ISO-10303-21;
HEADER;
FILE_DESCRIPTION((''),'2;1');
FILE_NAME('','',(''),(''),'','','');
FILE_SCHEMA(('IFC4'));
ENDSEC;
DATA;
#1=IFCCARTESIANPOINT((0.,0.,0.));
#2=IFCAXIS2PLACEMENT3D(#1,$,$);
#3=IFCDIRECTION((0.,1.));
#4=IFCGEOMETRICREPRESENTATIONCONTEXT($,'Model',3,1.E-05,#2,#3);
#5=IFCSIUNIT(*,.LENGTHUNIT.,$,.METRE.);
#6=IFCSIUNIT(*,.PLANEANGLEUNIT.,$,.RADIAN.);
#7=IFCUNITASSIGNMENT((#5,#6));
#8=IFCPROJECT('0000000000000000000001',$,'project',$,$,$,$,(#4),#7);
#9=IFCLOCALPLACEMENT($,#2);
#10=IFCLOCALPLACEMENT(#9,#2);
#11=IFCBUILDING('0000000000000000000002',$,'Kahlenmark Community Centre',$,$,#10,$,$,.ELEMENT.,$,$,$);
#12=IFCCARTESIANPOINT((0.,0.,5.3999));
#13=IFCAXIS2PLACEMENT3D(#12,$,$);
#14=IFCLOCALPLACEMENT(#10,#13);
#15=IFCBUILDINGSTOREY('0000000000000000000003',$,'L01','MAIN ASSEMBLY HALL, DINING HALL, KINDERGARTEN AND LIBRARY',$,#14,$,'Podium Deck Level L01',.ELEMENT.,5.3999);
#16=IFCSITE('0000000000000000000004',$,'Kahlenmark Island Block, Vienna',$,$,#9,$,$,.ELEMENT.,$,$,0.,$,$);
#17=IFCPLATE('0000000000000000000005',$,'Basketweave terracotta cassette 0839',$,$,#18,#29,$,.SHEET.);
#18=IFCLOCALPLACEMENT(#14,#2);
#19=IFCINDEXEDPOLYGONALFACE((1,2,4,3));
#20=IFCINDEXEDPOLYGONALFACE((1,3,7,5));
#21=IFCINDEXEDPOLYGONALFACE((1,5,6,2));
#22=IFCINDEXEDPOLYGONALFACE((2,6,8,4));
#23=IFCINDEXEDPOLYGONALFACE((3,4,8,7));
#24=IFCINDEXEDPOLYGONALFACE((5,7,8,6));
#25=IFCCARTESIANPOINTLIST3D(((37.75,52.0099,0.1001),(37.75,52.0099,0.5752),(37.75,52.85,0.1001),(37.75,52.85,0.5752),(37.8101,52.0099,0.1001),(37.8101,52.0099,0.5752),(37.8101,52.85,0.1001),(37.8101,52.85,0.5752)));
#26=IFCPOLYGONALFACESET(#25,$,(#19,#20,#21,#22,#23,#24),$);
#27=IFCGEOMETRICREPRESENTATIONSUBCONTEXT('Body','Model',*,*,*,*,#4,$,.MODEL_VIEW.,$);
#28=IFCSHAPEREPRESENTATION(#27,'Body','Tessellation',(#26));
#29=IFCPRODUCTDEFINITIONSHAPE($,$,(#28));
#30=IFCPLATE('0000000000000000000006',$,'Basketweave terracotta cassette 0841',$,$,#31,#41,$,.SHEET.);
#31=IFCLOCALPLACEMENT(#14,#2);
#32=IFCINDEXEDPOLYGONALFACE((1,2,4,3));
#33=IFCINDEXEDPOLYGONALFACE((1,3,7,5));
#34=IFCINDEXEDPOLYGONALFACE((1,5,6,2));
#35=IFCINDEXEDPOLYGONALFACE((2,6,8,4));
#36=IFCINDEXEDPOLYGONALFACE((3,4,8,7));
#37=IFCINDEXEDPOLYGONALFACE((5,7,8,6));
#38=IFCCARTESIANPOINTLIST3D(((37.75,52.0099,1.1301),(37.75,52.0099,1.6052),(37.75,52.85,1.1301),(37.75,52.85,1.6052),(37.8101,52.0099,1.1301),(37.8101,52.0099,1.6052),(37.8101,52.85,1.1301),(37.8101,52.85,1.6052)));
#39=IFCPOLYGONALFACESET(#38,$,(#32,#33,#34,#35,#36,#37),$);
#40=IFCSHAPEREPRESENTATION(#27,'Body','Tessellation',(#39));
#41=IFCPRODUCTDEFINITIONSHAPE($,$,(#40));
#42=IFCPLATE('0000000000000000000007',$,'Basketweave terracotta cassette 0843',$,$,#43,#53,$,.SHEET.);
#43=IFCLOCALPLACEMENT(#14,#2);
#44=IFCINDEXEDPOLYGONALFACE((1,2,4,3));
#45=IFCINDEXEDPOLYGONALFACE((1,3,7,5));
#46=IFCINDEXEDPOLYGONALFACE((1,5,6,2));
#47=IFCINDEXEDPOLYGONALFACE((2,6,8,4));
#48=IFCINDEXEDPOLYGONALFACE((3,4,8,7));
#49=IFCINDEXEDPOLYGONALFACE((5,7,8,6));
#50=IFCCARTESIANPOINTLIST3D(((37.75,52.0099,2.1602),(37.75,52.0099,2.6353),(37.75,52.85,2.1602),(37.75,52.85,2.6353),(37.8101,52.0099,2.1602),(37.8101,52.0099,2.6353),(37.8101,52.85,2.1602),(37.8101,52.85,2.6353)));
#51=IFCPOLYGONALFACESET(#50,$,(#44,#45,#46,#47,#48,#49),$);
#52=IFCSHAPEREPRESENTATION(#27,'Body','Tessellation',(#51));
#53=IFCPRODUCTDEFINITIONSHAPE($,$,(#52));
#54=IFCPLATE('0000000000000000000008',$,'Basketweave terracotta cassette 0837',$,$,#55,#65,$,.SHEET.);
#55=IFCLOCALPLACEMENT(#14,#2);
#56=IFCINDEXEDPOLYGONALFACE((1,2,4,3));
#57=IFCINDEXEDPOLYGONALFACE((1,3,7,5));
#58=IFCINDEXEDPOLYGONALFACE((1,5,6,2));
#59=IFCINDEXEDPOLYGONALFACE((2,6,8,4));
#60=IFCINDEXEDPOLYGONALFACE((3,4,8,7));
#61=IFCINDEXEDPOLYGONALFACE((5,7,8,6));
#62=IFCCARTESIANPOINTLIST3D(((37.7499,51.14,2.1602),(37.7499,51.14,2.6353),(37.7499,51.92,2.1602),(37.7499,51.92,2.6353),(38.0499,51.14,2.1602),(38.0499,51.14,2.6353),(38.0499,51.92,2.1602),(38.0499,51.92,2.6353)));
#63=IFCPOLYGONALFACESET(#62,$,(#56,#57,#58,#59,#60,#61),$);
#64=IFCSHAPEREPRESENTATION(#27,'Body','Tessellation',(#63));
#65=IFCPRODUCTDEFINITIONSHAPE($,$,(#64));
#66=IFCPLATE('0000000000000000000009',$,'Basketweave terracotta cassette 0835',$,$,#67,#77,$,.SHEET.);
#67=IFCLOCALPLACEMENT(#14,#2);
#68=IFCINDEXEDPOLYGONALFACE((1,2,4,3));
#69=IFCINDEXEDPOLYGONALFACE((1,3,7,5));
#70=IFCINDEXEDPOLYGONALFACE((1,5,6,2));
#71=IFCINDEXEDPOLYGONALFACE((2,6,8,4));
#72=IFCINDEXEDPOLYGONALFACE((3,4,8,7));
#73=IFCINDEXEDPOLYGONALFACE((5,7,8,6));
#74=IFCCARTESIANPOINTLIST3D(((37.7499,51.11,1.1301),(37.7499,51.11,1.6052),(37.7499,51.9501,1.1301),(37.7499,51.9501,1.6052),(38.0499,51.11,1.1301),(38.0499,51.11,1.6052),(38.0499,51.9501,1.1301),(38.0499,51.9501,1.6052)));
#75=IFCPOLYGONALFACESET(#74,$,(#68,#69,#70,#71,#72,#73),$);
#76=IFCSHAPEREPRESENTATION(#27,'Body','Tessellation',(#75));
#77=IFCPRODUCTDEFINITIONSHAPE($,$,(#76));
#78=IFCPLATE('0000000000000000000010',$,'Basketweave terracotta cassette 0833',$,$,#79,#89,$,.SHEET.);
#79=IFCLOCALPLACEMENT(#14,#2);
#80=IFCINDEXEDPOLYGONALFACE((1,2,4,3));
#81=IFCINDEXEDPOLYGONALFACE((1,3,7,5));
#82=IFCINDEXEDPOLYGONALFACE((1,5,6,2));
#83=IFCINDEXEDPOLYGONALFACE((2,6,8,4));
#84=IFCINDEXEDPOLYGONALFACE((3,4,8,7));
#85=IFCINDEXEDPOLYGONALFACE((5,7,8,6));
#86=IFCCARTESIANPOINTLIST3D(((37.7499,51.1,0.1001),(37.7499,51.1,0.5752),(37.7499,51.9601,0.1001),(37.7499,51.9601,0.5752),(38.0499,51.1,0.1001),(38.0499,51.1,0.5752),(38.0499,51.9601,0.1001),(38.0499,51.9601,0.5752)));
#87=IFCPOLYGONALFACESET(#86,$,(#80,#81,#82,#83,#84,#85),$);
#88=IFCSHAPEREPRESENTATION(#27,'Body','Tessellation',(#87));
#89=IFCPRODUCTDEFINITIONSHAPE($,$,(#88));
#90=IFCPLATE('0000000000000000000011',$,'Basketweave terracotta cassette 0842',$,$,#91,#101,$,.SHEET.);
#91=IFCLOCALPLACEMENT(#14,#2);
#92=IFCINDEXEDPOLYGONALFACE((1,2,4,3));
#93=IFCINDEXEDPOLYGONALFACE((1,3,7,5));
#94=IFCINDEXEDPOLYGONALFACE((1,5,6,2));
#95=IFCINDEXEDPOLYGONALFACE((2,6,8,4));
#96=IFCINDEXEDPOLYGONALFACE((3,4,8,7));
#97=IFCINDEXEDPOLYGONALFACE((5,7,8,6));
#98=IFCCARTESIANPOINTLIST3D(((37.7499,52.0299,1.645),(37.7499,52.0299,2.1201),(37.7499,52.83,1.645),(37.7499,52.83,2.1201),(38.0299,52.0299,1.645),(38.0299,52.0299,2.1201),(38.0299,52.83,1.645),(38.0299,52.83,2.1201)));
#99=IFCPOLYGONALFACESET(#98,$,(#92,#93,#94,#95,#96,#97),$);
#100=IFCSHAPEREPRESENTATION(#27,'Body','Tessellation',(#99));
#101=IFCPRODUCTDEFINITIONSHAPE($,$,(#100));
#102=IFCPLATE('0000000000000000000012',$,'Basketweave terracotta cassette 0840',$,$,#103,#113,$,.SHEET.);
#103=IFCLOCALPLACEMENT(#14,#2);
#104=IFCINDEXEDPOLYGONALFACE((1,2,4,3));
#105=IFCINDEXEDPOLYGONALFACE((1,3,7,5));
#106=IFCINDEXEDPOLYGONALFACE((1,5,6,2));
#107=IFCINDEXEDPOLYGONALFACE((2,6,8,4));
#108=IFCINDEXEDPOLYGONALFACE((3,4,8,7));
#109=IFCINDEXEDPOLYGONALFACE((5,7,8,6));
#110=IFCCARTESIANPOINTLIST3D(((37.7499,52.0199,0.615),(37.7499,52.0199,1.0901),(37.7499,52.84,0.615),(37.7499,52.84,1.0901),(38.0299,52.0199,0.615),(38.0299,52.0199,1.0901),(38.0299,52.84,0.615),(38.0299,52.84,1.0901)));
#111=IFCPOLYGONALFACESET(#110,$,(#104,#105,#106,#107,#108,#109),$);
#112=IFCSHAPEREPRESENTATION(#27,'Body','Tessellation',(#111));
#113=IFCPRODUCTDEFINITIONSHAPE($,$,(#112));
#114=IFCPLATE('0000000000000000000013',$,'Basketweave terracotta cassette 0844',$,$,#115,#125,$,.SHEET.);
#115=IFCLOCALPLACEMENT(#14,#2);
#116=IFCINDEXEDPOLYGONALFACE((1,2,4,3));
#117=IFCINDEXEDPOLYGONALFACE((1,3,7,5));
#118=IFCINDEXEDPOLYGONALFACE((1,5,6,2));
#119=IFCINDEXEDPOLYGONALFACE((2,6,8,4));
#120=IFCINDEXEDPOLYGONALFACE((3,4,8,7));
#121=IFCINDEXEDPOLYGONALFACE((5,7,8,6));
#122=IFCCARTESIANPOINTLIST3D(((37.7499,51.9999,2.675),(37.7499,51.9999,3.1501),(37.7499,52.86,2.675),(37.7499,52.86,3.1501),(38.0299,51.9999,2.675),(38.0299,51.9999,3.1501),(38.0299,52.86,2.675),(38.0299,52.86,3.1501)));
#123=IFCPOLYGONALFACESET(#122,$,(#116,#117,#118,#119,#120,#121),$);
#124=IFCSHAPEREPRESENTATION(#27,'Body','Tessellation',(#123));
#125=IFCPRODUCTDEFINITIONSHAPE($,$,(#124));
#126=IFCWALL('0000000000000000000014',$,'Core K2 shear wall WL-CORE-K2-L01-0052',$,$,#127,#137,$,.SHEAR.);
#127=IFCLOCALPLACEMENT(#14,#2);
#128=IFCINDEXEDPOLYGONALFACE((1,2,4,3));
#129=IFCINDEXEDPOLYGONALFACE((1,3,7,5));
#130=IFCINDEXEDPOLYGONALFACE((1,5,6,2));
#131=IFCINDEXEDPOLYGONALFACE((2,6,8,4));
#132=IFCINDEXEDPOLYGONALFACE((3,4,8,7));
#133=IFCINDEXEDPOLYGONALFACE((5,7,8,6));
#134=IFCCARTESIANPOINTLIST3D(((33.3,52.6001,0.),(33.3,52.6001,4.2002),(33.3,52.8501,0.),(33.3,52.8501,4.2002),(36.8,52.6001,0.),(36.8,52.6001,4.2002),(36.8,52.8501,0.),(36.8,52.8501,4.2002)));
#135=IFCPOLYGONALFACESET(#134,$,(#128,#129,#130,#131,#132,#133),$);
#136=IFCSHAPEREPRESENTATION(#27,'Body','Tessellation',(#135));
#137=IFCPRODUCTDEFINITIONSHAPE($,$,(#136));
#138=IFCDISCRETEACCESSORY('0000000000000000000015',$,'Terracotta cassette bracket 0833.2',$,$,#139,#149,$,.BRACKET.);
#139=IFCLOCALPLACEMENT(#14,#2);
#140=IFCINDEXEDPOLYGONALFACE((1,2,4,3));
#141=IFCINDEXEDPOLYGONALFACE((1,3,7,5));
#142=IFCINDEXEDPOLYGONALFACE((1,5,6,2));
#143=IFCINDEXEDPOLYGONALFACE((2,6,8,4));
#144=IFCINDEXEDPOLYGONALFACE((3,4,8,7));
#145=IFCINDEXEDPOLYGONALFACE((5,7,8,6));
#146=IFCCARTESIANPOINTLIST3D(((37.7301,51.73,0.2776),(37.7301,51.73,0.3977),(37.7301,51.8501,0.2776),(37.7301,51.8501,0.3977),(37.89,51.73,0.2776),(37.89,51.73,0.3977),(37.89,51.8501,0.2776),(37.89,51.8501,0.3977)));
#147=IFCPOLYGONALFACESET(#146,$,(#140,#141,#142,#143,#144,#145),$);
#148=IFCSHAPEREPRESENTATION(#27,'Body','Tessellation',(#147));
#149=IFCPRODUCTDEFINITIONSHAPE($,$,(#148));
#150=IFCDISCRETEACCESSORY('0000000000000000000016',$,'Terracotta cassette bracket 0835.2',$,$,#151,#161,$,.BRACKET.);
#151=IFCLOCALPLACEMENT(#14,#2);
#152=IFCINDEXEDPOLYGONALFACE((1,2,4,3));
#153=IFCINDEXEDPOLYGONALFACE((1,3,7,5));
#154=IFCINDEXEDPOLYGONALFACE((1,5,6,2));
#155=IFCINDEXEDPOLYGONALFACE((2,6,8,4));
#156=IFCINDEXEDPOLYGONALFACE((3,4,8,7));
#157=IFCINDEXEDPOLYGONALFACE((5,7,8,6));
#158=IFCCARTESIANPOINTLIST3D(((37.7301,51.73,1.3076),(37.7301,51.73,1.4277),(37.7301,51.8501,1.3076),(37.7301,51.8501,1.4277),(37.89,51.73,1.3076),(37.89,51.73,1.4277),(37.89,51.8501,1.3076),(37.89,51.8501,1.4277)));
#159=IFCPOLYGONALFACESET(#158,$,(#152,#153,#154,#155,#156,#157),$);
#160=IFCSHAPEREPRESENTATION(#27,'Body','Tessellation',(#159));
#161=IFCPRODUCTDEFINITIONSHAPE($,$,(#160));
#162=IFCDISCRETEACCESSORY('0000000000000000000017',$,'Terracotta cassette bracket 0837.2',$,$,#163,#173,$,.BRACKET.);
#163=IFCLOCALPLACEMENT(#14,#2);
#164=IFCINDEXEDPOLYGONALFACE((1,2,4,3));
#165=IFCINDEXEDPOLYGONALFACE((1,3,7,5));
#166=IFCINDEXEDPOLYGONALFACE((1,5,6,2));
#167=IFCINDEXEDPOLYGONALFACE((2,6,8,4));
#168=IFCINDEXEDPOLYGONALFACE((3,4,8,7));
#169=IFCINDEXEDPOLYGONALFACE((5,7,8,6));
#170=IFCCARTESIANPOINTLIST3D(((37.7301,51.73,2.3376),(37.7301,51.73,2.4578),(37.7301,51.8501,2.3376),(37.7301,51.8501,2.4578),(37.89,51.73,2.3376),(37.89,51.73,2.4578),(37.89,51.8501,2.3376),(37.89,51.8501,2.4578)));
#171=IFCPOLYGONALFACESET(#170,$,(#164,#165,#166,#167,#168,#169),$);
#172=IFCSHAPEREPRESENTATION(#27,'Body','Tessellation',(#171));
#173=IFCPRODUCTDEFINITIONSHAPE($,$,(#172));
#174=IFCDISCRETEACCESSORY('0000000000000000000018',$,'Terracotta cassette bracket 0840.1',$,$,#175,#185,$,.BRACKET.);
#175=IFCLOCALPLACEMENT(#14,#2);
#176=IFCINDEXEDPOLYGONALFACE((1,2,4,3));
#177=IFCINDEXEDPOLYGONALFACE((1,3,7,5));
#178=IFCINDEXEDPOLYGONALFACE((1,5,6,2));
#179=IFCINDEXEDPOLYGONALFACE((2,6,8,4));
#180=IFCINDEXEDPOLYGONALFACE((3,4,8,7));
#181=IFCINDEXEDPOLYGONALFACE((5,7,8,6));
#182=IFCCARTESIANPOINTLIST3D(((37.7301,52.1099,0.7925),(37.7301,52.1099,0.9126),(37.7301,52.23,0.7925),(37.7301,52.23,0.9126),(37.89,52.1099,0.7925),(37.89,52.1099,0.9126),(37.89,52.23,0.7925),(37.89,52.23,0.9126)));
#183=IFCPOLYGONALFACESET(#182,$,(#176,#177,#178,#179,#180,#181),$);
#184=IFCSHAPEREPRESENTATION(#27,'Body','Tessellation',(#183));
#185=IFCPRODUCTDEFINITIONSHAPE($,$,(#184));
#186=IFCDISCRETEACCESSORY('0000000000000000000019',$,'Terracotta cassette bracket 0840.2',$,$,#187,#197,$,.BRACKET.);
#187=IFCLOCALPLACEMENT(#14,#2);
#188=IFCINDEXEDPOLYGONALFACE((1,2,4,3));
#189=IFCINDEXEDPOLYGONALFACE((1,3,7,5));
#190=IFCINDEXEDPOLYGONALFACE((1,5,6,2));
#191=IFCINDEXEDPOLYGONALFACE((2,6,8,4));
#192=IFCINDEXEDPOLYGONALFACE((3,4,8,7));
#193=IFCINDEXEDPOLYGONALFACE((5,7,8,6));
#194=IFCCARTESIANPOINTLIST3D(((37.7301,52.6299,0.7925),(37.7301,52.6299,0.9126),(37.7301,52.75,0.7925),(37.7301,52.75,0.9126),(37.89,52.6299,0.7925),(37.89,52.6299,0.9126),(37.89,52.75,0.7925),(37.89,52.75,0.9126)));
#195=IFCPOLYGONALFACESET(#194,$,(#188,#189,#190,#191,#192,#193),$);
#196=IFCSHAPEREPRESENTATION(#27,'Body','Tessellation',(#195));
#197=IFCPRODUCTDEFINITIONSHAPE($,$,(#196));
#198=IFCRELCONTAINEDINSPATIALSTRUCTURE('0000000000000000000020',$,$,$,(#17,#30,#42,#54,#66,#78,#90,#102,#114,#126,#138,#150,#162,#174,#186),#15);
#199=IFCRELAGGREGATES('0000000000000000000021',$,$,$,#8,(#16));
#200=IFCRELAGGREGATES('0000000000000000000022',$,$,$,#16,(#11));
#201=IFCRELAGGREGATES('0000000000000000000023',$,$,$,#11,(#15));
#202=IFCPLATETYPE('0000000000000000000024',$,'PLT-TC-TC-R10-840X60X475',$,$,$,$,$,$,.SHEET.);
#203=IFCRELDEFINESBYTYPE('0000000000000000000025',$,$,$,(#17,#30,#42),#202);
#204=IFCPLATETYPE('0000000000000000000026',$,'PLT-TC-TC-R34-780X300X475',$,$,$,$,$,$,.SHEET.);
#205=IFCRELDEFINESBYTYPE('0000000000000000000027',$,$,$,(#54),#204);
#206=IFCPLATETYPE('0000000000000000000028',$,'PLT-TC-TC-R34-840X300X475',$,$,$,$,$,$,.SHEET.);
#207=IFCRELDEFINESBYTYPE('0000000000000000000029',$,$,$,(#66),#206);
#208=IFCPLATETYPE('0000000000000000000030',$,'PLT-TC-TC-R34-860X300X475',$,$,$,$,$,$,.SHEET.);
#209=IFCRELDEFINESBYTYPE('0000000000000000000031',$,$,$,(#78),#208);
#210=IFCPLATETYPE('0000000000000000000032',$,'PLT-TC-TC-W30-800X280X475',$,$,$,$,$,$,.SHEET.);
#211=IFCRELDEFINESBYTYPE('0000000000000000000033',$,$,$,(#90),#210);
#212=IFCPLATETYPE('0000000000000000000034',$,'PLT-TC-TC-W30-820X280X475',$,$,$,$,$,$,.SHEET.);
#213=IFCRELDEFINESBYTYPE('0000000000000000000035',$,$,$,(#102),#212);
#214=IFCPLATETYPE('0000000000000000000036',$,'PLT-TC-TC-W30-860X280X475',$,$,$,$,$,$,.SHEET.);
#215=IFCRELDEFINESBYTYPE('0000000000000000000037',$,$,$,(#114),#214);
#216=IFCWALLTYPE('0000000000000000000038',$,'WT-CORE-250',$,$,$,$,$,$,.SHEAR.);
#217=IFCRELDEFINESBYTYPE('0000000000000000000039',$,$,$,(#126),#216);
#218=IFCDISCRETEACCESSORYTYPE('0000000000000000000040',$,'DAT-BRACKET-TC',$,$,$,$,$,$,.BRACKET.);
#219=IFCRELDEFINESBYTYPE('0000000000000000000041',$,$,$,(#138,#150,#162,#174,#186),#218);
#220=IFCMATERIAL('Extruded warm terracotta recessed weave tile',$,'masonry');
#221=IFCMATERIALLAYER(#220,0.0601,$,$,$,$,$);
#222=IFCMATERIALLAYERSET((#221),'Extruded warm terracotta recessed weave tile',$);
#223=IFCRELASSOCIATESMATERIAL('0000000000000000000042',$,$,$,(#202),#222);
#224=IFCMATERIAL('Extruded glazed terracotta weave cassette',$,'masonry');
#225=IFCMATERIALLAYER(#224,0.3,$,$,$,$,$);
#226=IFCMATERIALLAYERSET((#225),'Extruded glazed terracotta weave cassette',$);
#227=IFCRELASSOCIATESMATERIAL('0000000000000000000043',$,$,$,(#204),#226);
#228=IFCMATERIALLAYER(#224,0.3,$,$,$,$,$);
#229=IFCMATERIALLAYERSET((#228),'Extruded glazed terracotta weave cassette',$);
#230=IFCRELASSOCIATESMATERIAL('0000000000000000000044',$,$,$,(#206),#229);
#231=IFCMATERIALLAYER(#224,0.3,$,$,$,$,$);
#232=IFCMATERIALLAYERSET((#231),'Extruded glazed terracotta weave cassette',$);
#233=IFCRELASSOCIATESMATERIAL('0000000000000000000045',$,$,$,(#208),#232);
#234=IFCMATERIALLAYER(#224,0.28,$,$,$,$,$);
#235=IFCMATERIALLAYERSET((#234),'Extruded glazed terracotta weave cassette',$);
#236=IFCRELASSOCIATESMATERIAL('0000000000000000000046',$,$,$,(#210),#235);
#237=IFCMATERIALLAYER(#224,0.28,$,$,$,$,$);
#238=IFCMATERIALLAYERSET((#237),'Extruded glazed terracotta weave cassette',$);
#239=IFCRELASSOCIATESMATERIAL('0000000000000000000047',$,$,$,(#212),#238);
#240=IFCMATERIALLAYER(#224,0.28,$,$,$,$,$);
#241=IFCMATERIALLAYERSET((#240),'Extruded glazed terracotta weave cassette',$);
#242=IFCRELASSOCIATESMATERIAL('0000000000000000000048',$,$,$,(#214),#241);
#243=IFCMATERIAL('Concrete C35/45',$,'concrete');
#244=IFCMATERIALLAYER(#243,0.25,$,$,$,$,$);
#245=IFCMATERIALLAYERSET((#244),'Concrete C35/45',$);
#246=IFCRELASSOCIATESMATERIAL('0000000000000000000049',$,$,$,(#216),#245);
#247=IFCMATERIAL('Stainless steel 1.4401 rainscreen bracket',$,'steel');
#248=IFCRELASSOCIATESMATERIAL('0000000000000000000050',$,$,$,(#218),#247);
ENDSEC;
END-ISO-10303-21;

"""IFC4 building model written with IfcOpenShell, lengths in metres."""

from ifc_helpers import new_model, si_unit, direction, frame, frame_2d, origin, origin_2d, place, context, subcontext, project, spatial, rectangle, extrude, material, layer, layer_set, type_object, element, save


model = new_model("IFC4")

# Units and contexts
model_context = context("Model", 3, precision=1e-05, world=origin(), true_north=direction((0.0, 1.0)))
body_context = subcontext(model_context, "Body", "Model", "MODEL_VIEW")
ifc_project = project(units=[si_unit("LENGTHUNIT", "METRE"), si_unit("PLANEANGLEUNIT", "RADIAN")], contexts=[model_context])

# Site, building, storey
site_placement = place(None, origin())
site = spatial("IfcSite", under=ifc_project, at=site_placement, Name="Kahlenmark Island Block, Vienna", CompositionType="ELEMENT", RefElevation=0.0)
building_placement = place(site_placement, origin())
building = spatial("IfcBuilding", under=site, at=building_placement, Name="Kahlenmark Community Centre", CompositionType="ELEMENT")
storey_placement = place(building_placement, frame((0.0, 0.0, 5.3999)))
storey = spatial("IfcBuildingStorey", under=building, at=storey_placement, Name="L01", Description="MAIN ASSEMBLY HALL, DINING HALL, KINDERGARTEN AND LIBRARY", LongName="Podium Deck Level L01", CompositionType="ELEMENT", Elevation=5.3999)

# Plates
ifc_material_1 = material(Name="Extruded warm terracotta recessed weave tile", Category="masonry")
ifc_layer_1 = layer(ifc_material_1, 0.0601)
ifc_layer_set_1 = layer_set([ifc_layer_1], Name="Extruded warm terracotta recessed weave tile")
plate_type_1 = type_object("IfcPlateType", Name="PLT-TC-TC-R10-840X60X475", PredefinedType="SHEET", material=ifc_layer_set_1)
for number, where, z_axis, x_axis, name in (
    (1, (37.78, 52.4299, 0.1001), (0.0, 0.0, 1.0), (0.0, 1.0, 0.0), "Basketweave terracotta cassette 0839"),
    (2, (37.78, 52.4299, 1.1301), (0.0, 0.0, 1.0), (0.0, 1.0, 0.0), "Basketweave terracotta cassette 0841"),
    (3, (37.78, 52.4299, 2.1602), (0.0, 0.0, 1.0), (0.0, 1.0, 0.0), "Basketweave terracotta cassette 0843"),
):
    element("IfcPlate", number, at=place(storey_placement, frame(where, z_axis=z_axis, x_axis=x_axis)), inside=storey, type_object=plate_type_1, Name=name, PredefinedType="SHEET", context=body_context, shape_type="SweptSolid", body=[
        extrude(rectangle(XDim=0.8401, YDim=0.0601, at=origin_2d()), origin(), (0.0, 0.0, 1.0), 0.4751),
    ])
ifc_material_2 = material(Name="Extruded glazed terracotta weave cassette", Category="masonry")
ifc_layer_2 = layer(ifc_material_2, 0.3)
ifc_layer_set_2 = layer_set([ifc_layer_2], Name="Extruded glazed terracotta weave cassette")
plate_type_2 = type_object("IfcPlateType", Name="PLT-TC-TC-R34-780X300X475", PredefinedType="SHEET", material=ifc_layer_set_2)
plate_1_placement = place(storey_placement, frame((37.8999, 51.53, 2.1602), z_axis=(0.0, 0.0, 1.0), x_axis=(0.0, 1.0, 0.0)))
element("IfcPlate", 4, at=plate_1_placement, inside=storey, type_object=plate_type_2, Name="Basketweave terracotta cassette 0837", PredefinedType="SHEET", context=body_context, shape_type="SweptSolid", body=[
    extrude(rectangle(XDim=0.78, YDim=0.3, at=origin_2d()), origin(), (0.0, 0.0, 1.0), 0.4751),
])
ifc_layer_3 = layer(ifc_material_2, 0.3)
ifc_layer_set_3 = layer_set([ifc_layer_3], Name="Extruded glazed terracotta weave cassette")
plate_type_3 = type_object("IfcPlateType", Name="PLT-TC-TC-R34-840X300X475", PredefinedType="SHEET", material=ifc_layer_set_3)
plate_2_placement = place(storey_placement, frame((37.8999, 51.53, 1.1301), z_axis=(0.0, 0.0, 1.0), x_axis=(0.0, 1.0, 0.0)))
element("IfcPlate", 5, at=plate_2_placement, inside=storey, type_object=plate_type_3, Name="Basketweave terracotta cassette 0835", PredefinedType="SHEET", context=body_context, shape_type="SweptSolid", body=[
    extrude(rectangle(XDim=0.8401, YDim=0.3, at=origin_2d()), origin(), (0.0, 0.0, 1.0), 0.4751),
])
ifc_layer_4 = layer(ifc_material_2, 0.3)
ifc_layer_set_4 = layer_set([ifc_layer_4], Name="Extruded glazed terracotta weave cassette")
plate_type_4 = type_object("IfcPlateType", Name="PLT-TC-TC-R34-860X300X475", PredefinedType="SHEET", material=ifc_layer_set_4)
plate_3_placement = place(storey_placement, frame((37.8999, 51.53, 0.1001), z_axis=(0.0, 0.0, 1.0), x_axis=(0.0, 1.0, 0.0)))
element("IfcPlate", 6, at=plate_3_placement, inside=storey, type_object=plate_type_4, Name="Basketweave terracotta cassette 0833", PredefinedType="SHEET", context=body_context, shape_type="SweptSolid", body=[
    extrude(rectangle(XDim=0.8601, YDim=0.3, at=origin_2d()), origin(), (0.0, 0.0, 1.0), 0.4751),
])
ifc_layer_5 = layer(ifc_material_2, 0.28)
ifc_layer_set_5 = layer_set([ifc_layer_5], Name="Extruded glazed terracotta weave cassette")
plate_type_5 = type_object("IfcPlateType", Name="PLT-TC-TC-W30-800X280X475", PredefinedType="SHEET", material=ifc_layer_set_5)
plate_4_placement = place(storey_placement, frame((37.8899, 52.4299, 1.645), z_axis=(0.0, 0.0, 1.0), x_axis=(0.0, 1.0, 0.0)))
element("IfcPlate", 7, at=plate_4_placement, inside=storey, type_object=plate_type_5, Name="Basketweave terracotta cassette 0842", PredefinedType="SHEET", context=body_context, shape_type="SweptSolid", body=[
    extrude(rectangle(XDim=0.8, YDim=0.28, at=origin_2d()), origin(), (0.0, 0.0, 1.0), 0.4751),
])
ifc_layer_6 = layer(ifc_material_2, 0.28)
ifc_layer_set_6 = layer_set([ifc_layer_6], Name="Extruded glazed terracotta weave cassette")
plate_type_6 = type_object("IfcPlateType", Name="PLT-TC-TC-W30-820X280X475", PredefinedType="SHEET", material=ifc_layer_set_6)
plate_5_placement = place(storey_placement, frame((37.8899, 52.4299, 0.615), z_axis=(0.0, 0.0, 1.0), x_axis=(0.0, 1.0, 0.0)))
element("IfcPlate", 8, at=plate_5_placement, inside=storey, type_object=plate_type_6, Name="Basketweave terracotta cassette 0840", PredefinedType="SHEET", context=body_context, shape_type="SweptSolid", body=[
    extrude(rectangle(XDim=0.8201, YDim=0.28, at=origin_2d()), origin(), (0.0, 0.0, 1.0), 0.4751),
])
ifc_layer_7 = layer(ifc_material_2, 0.28)
ifc_layer_set_7 = layer_set([ifc_layer_7], Name="Extruded glazed terracotta weave cassette")
plate_type_7 = type_object("IfcPlateType", Name="PLT-TC-TC-W30-860X280X475", PredefinedType="SHEET", material=ifc_layer_set_7)
plate_6_placement = place(storey_placement, frame((37.8899, 52.4299, 2.675), z_axis=(0.0, 0.0, 1.0), x_axis=(0.0, 1.0, 0.0)))
element("IfcPlate", 9, at=plate_6_placement, inside=storey, type_object=plate_type_7, Name="Basketweave terracotta cassette 0844", PredefinedType="SHEET", context=body_context, shape_type="SweptSolid", body=[
    extrude(rectangle(XDim=0.8601, YDim=0.28, at=origin_2d()), origin(), (0.0, 0.0, 1.0), 0.4751),
])

# Wall
ifc_material_3 = material(Name="Concrete C35/45", Category="concrete")
ifc_layer_8 = layer(ifc_material_3, 0.25)
ifc_layer_set_8 = layer_set([ifc_layer_8], Name="Concrete C35/45")
wall_type = type_object("IfcWallType", Name="WT-CORE-250", PredefinedType="SHEAR", material=ifc_layer_set_8)
wall_1_placement = place(storey_placement, frame((36.8, 52.7251, 0.0), z_axis=(0.0, 0.0, 1.0), x_axis=(-1.0, 0.0, 0.0)))
element("IfcWall", 10, at=wall_1_placement, inside=storey, type_object=wall_type, Name="Core K2 shear wall WL-CORE-K2-L01-0052", PredefinedType="SHEAR", context=body_context, shape_type="SweptSolid", body=[
    extrude(rectangle(XDim=3.5, YDim=0.25, at=frame_2d((1.75, 0.0))), origin(), (0.0, 0.0, 1.0), 4.2002),
])

# Discrete accessories
ifc_material_4 = material(Name="Stainless steel 1.4401 rainscreen bracket", Category="steel")
discrete_accessory_type = type_object("IfcDiscreteAccessoryType", Name="DAT-BRACKET-TC", PredefinedType="BRACKET", material=ifc_material_4)
for number, where, z_axis, x_axis, name in (
    (11, (37.8101, 51.79, 0.2776), (0.0, 0.0, 1.0), (0.0, 1.0, 0.0), "Terracotta cassette bracket 0833.2"),
    (12, (37.8101, 51.79, 1.3076), (0.0, 0.0, 1.0), (0.0, 1.0, 0.0), "Terracotta cassette bracket 0835.2"),
    (13, (37.8101, 51.79, 2.3376), (0.0, 0.0, 1.0), (0.0, 1.0, 0.0), "Terracotta cassette bracket 0837.2"),
    (14, (37.8101, 52.1699, 0.7925), (0.0, 0.0, 1.0), (0.0, 1.0, 0.0), "Terracotta cassette bracket 0840.1"),
    (15, (37.8101, 52.6899, 0.7925), (0.0, 0.0, 1.0), (0.0, 1.0, 0.0), "Terracotta cassette bracket 0840.2"),
):
    element("IfcDiscreteAccessory", number, at=place(storey_placement, frame(where, z_axis=z_axis, x_axis=x_axis)), inside=storey, type_object=discrete_accessory_type, Name=name, PredefinedType="BRACKET", context=body_context, shape_type="SweptSolid", body=[
        extrude(rectangle(XDim=0.1201, YDim=0.1599, at=origin_2d()), origin(), (0.0, 0.0, 1.0), 0.1201),
    ])

save(model, "model.ifc")
